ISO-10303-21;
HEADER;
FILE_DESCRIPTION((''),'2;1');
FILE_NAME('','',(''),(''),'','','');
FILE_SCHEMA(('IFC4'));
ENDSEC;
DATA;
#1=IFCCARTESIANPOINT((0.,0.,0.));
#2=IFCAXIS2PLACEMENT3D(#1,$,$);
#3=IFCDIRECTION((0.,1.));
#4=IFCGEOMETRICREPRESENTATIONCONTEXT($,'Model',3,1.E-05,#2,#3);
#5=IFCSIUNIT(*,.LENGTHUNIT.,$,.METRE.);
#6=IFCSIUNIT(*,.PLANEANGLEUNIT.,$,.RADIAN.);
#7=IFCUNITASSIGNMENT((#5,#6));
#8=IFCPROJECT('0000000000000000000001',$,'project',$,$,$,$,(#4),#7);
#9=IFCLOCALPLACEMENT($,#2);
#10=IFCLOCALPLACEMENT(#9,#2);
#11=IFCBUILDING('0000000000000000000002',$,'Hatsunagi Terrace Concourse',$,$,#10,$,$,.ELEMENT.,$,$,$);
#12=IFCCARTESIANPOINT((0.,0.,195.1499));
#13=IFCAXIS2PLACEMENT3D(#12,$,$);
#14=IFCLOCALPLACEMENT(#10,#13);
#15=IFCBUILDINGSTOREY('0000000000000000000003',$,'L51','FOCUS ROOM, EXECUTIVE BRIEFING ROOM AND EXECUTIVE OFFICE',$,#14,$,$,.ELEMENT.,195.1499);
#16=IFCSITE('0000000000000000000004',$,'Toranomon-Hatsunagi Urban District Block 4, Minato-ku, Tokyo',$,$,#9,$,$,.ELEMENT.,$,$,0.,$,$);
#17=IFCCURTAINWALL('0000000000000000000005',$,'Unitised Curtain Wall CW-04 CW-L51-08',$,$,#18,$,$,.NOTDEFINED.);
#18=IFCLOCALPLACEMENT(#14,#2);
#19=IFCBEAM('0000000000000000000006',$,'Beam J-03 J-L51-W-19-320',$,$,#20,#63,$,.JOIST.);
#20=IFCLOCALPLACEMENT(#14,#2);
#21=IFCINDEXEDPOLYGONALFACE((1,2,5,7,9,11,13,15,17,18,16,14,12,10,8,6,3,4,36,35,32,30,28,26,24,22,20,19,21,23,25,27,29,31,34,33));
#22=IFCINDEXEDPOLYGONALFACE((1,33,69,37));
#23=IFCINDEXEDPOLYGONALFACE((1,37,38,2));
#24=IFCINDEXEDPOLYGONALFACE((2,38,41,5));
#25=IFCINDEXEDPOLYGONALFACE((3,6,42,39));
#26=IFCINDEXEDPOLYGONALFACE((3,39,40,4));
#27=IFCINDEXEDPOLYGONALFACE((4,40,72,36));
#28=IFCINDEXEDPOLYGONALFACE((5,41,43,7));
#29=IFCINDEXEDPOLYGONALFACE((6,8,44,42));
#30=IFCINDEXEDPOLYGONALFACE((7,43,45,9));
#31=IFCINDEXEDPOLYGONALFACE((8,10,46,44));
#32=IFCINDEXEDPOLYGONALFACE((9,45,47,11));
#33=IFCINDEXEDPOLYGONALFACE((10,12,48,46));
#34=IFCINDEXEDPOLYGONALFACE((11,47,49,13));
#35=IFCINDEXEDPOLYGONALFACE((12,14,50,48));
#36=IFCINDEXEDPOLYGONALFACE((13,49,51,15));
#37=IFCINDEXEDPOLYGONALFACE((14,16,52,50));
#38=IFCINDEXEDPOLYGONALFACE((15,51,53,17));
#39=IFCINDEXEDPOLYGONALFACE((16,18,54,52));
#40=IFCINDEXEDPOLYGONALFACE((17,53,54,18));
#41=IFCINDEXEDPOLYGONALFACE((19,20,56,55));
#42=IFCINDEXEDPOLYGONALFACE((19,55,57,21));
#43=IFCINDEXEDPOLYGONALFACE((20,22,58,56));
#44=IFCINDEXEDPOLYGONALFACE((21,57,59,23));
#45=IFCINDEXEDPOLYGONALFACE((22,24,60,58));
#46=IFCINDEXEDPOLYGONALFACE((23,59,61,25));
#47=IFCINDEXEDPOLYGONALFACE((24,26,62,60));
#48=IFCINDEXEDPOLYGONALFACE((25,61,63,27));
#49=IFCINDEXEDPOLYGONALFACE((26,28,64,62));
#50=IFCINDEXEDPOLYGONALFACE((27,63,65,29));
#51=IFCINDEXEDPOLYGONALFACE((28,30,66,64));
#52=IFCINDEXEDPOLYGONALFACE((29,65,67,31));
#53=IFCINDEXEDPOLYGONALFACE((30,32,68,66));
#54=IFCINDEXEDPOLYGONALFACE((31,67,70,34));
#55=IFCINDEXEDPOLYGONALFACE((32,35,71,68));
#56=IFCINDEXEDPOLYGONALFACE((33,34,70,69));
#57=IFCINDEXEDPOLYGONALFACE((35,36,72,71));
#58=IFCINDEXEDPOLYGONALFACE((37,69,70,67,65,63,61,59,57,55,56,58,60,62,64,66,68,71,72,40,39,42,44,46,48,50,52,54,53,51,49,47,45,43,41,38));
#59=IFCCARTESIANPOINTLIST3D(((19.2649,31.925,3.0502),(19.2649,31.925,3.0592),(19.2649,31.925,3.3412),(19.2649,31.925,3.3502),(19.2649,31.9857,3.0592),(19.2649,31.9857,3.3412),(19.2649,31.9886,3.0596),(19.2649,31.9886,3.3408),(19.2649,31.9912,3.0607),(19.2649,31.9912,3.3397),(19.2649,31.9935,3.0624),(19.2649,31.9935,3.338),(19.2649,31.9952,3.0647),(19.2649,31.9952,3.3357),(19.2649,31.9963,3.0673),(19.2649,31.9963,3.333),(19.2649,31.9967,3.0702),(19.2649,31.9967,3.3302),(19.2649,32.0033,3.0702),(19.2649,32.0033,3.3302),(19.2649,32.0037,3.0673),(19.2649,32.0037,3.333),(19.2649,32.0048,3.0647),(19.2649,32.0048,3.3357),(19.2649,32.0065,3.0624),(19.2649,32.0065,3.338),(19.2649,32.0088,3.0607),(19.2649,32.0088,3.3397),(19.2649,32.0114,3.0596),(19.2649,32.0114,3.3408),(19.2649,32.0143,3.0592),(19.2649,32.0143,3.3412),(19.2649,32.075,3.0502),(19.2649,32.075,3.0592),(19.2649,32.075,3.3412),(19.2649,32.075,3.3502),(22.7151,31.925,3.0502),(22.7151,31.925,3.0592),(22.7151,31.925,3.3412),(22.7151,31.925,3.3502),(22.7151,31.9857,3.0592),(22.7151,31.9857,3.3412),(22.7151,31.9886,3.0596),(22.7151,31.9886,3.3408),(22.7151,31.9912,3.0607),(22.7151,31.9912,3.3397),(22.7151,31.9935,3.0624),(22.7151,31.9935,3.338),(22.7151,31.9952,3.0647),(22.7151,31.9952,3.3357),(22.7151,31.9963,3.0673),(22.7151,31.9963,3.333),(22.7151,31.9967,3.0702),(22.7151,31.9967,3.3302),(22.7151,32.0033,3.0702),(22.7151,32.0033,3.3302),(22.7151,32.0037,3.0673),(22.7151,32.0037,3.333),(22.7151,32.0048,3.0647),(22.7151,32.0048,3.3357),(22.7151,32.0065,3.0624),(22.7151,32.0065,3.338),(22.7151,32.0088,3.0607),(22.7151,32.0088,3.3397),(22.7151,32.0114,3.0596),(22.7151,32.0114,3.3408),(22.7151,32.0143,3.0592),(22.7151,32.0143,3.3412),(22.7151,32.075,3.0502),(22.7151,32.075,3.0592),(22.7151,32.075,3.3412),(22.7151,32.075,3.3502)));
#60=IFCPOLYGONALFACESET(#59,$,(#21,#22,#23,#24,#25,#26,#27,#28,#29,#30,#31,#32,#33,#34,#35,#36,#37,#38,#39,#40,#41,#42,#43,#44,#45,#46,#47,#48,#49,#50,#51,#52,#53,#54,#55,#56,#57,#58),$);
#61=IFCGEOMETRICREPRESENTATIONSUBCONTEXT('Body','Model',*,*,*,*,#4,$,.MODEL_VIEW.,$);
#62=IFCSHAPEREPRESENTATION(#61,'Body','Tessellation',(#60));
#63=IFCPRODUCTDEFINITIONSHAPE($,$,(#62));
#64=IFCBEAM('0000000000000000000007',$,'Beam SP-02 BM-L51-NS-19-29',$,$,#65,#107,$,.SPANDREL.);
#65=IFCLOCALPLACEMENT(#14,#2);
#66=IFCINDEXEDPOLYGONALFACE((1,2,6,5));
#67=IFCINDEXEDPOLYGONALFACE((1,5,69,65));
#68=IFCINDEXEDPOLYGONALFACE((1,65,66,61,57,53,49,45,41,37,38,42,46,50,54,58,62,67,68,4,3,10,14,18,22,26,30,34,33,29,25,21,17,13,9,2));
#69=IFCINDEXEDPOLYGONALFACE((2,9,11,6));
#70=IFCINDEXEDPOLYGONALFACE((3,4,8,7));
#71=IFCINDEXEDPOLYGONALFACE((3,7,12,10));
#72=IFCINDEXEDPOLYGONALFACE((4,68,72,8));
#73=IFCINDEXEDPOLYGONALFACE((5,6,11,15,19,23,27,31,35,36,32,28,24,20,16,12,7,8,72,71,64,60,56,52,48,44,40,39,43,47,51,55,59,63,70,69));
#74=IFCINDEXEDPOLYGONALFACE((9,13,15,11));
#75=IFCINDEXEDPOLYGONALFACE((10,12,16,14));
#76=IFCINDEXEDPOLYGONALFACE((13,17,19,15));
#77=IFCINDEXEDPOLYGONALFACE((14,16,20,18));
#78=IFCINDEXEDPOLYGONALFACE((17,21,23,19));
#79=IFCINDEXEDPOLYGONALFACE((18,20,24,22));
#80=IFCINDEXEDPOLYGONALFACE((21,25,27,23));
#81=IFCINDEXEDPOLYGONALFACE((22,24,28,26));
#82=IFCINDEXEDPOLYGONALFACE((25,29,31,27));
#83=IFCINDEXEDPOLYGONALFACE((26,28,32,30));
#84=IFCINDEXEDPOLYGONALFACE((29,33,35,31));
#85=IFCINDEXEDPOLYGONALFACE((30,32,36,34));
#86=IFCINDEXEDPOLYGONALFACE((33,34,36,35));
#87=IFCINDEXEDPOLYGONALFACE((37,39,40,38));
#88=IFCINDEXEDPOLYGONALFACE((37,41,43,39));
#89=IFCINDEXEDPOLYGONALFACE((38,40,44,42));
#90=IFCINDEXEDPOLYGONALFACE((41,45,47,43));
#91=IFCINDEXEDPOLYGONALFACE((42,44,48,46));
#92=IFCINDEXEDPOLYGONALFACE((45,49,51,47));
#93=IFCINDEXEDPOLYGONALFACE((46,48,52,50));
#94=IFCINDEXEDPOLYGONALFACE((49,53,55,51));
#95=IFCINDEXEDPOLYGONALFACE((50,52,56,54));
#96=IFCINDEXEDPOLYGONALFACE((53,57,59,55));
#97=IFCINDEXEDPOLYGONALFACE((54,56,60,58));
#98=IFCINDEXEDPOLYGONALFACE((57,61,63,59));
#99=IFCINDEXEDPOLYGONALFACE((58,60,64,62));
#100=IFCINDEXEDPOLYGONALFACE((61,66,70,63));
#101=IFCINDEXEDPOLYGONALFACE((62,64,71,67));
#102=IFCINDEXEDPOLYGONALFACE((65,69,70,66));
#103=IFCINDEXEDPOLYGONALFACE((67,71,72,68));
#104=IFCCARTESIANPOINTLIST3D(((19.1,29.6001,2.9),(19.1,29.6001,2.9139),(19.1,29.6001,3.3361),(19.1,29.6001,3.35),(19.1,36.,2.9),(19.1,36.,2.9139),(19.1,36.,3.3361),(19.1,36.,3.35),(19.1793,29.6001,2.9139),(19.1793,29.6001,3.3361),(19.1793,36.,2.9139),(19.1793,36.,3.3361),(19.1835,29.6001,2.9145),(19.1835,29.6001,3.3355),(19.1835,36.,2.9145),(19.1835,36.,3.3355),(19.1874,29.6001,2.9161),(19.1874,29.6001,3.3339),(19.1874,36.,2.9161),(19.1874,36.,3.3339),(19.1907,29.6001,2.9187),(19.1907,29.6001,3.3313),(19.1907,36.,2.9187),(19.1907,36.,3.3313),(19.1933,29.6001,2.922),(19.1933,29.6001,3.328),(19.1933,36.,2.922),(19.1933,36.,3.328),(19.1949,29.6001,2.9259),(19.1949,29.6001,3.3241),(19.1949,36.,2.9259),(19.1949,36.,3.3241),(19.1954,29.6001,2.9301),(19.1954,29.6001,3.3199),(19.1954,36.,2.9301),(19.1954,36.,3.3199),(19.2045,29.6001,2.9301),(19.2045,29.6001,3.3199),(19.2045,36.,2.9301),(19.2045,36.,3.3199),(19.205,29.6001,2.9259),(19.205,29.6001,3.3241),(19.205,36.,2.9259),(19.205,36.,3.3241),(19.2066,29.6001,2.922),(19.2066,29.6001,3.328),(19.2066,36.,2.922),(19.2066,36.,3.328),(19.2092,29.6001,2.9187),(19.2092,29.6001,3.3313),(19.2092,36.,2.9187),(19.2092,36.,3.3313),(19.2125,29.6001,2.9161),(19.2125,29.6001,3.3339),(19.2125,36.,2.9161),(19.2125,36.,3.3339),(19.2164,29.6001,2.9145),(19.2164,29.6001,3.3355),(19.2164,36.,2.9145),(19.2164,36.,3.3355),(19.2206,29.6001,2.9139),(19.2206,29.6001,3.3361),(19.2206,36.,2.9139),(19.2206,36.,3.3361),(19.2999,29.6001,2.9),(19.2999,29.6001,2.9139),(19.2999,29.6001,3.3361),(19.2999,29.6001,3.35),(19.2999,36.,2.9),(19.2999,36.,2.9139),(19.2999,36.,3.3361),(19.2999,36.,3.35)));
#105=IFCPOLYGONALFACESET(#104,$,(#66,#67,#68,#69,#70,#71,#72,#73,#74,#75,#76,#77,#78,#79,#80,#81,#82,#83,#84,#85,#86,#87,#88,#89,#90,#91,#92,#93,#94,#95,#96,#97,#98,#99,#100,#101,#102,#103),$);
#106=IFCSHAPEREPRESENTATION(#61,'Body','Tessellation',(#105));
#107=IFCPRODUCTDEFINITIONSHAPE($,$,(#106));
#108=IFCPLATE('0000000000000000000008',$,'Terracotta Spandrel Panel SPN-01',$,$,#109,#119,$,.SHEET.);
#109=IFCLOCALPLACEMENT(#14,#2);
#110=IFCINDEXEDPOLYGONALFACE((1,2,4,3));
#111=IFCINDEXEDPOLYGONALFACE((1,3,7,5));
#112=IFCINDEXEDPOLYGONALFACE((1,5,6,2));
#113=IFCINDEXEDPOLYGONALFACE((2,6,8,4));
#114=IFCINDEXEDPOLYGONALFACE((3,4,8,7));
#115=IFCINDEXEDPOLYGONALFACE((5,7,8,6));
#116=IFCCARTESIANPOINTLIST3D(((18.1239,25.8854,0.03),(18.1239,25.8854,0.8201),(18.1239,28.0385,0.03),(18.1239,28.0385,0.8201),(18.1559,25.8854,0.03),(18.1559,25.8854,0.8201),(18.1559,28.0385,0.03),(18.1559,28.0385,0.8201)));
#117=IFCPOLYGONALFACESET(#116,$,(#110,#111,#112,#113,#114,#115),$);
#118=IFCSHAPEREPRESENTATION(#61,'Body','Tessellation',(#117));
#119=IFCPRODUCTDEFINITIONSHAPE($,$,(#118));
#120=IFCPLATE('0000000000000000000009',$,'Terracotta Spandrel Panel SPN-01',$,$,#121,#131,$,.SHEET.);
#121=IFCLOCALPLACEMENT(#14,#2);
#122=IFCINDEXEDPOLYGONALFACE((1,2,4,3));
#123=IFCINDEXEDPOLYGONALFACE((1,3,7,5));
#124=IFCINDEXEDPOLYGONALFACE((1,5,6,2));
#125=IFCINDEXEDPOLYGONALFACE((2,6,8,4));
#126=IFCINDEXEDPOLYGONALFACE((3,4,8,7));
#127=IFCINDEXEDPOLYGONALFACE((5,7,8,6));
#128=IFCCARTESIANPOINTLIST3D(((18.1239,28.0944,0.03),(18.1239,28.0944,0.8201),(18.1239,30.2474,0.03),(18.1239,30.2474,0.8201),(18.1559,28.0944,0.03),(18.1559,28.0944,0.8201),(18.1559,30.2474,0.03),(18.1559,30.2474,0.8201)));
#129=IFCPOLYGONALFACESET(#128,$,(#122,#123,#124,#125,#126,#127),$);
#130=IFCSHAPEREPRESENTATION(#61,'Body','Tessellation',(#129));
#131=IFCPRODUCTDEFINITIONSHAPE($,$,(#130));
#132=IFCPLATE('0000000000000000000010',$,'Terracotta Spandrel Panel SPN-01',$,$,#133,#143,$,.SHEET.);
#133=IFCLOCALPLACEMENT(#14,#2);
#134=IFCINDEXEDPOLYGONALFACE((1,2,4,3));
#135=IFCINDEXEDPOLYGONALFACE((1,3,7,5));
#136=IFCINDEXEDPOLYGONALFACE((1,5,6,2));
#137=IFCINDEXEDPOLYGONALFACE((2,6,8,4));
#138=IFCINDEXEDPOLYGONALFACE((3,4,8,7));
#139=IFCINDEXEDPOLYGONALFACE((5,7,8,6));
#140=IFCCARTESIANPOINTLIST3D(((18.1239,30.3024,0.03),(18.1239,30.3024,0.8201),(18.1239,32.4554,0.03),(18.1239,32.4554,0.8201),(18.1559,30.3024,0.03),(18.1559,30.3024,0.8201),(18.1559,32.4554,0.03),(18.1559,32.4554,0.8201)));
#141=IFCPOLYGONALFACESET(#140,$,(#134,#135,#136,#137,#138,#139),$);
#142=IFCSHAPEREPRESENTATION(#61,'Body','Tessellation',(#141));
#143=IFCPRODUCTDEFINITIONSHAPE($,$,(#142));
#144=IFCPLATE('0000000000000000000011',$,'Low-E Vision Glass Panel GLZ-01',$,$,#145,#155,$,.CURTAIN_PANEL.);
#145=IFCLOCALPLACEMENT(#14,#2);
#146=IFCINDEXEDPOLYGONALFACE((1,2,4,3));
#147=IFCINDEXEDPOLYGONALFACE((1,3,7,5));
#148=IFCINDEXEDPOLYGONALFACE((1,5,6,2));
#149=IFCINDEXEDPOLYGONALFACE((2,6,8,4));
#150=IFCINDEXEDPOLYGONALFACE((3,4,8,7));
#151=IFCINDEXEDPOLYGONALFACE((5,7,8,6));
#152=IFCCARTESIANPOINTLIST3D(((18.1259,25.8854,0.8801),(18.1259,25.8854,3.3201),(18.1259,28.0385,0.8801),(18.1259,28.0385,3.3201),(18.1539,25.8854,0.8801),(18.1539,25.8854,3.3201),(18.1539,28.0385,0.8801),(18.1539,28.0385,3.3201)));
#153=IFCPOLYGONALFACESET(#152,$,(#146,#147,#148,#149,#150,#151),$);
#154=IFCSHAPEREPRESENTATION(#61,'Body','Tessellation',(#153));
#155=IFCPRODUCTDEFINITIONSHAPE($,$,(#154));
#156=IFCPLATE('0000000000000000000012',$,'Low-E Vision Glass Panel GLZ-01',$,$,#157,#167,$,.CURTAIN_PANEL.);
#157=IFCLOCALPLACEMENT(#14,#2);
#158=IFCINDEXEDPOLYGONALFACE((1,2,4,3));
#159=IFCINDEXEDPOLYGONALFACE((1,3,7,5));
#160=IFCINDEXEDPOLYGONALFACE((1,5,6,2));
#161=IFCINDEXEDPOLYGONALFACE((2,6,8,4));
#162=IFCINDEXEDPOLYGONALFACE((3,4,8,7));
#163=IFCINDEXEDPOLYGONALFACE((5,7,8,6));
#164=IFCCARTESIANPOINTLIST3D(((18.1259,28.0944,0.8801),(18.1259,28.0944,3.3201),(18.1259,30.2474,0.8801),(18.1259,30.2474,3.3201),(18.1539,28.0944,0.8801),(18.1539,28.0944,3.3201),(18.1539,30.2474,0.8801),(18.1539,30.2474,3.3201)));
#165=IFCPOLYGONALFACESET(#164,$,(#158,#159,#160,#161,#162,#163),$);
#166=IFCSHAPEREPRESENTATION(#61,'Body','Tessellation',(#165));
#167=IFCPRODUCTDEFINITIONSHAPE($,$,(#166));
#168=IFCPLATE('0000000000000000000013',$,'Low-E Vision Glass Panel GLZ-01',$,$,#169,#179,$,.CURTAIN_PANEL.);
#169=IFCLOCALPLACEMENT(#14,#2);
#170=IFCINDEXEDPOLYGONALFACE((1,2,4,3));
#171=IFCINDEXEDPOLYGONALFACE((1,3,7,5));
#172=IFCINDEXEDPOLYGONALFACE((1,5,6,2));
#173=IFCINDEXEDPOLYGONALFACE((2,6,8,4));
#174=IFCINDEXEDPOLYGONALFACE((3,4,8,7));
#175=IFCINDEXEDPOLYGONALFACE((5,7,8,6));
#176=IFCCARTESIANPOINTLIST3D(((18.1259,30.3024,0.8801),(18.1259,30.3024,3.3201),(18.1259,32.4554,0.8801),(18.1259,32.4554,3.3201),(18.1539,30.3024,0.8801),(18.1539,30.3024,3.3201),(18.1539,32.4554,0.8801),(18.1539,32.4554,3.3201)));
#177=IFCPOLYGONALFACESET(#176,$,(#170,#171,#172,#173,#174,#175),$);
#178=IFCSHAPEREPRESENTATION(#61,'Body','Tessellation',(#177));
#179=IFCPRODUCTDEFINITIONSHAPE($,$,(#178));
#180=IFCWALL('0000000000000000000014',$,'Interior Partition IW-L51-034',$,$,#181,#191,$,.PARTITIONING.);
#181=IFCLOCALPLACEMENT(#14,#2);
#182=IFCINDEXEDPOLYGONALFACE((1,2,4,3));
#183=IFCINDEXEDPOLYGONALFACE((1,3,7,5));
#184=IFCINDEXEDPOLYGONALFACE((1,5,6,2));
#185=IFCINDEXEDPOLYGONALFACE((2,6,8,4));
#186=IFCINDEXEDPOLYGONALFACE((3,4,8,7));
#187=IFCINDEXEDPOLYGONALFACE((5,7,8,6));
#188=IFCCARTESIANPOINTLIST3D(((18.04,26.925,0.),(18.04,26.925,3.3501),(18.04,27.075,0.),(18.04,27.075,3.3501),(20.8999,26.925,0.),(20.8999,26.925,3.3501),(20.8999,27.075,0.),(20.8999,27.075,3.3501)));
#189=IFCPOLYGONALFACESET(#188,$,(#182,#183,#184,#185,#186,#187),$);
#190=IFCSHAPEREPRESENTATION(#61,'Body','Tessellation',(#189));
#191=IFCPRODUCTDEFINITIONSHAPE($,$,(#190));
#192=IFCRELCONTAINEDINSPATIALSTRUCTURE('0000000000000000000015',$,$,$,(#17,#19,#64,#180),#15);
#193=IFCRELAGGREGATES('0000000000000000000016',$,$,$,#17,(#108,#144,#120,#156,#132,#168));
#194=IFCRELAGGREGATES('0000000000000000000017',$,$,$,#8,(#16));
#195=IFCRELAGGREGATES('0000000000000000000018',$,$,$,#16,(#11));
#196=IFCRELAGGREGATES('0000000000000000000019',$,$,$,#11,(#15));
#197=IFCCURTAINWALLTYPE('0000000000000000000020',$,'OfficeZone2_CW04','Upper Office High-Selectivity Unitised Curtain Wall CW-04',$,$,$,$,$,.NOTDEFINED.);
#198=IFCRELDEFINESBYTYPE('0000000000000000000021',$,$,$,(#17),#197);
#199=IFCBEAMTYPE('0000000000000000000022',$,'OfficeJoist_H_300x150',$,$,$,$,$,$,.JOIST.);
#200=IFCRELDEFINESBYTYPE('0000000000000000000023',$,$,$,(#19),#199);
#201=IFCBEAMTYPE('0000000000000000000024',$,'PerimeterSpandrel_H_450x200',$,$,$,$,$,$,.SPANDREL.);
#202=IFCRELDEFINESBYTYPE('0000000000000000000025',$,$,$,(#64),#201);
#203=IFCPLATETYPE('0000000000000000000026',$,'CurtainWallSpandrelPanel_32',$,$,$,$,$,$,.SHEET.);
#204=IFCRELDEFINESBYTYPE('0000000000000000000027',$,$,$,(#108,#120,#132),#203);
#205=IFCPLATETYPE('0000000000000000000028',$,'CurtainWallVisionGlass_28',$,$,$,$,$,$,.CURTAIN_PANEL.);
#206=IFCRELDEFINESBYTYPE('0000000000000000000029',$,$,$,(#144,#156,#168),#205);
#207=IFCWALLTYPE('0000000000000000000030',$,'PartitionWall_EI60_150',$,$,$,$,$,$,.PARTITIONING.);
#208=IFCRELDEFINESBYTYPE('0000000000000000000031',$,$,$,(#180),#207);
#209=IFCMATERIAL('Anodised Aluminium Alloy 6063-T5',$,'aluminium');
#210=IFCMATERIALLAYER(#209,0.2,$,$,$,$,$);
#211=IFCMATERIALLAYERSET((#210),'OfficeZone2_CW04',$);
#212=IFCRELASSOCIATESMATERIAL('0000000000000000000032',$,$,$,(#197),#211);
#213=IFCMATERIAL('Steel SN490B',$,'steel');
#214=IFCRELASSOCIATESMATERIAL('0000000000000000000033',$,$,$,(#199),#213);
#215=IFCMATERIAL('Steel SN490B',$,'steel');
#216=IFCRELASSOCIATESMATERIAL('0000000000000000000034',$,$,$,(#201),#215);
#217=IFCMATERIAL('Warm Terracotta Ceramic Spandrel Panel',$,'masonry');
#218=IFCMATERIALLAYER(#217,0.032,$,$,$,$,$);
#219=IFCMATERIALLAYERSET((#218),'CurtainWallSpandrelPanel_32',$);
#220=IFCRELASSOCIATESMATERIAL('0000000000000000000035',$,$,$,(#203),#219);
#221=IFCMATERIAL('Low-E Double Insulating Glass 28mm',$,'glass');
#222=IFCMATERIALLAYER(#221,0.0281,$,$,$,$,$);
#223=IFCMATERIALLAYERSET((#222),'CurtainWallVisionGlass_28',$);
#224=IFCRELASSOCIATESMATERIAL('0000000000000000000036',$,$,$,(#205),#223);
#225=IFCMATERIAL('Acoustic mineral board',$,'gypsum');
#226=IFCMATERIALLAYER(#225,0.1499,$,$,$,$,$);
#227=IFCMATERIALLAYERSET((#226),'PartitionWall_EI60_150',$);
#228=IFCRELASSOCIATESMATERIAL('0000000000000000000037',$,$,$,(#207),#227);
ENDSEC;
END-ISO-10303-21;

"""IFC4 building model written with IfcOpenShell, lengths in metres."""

from ifc_helpers import new_model, si_unit, direction, frame, frame_2d, origin, origin_2d, place, context, subcontext, project, spatial, rectangle, i_section, extrude, material, layer, layer_set, material_profile, profile_set, type_object, element, aggregate, save


model = new_model("IFC4")

# Units and contexts
model_context = context("Model", 3, precision=1e-05, world=origin(), true_north=direction((0.0, 1.0)))
body_context = subcontext(model_context, "Body", "Model", "MODEL_VIEW")
ifc_project = project(units=[si_unit("LENGTHUNIT", "METRE"), si_unit("PLANEANGLEUNIT", "RADIAN")], contexts=[model_context])

# Site, building, storey
site_placement = place(None, origin())
site = spatial("IfcSite", under=ifc_project, at=site_placement, Name="Toranomon-Hatsunagi Urban District Block 4, Minato-ku, Tokyo", CompositionType="ELEMENT", RefElevation=0.0)
building_placement = place(site_placement, origin())
building = spatial("IfcBuilding", under=site, at=building_placement, Name="Hatsunagi Terrace Concourse", CompositionType="ELEMENT")
storey_placement = place(building_placement, frame((0.0, 0.0, 195.1499)))
storey = spatial("IfcBuildingStorey", under=building, at=storey_placement, Name="L51", Description="FOCUS ROOM, EXECUTIVE BRIEFING ROOM AND EXECUTIVE OFFICE", CompositionType="ELEMENT", Elevation=195.1499)

# Curtain wall
ifc_material_1 = material(Name="Anodised Aluminium Alloy 6063-T5", Category="aluminium")
ifc_layer_1 = layer(ifc_material_1, 0.2)
ifc_layer_set_1 = layer_set([ifc_layer_1], Name="OfficeZone2_CW04")
curtain_wall_type = type_object("IfcCurtainWallType", Name="OfficeZone2_CW04", Description="Upper Office High-Selectivity Unitised Curtain Wall CW-04", PredefinedType="NOTDEFINED", material=ifc_layer_set_1)
curtain_wall_placement = place(storey_placement, origin())
curtain_wall = element("IfcCurtainWall", 1, at=curtain_wall_placement, inside=storey, type_object=curtain_wall_type, Name="Unitised Curtain Wall CW-04 CW-L51-08", PredefinedType="NOTDEFINED")

# Beams
ifc_material_2 = material(Name="Steel SN490B", Category="steel")
ifc_material_profile_1 = material_profile(ifc_material_2, i_section(OverallWidth=0.1499, OverallDepth=0.3, WebThickness=0.0066, FlangeThickness=0.009, FilletRadius=0.011, at=origin_2d()), Name="H-300x150x6.5x9")
ifc_profile_set_1 = profile_set([ifc_material_profile_1], Name="Steel SN490B")
beam_type_1 = type_object("IfcBeamType", Name="OfficeJoist_H_300x150", PredefinedType="JOIST", material=ifc_profile_set_1)
for number, where, z_axis, x_axis, name in (
    (2, (19.2649, 32.0, 3.2002), (1.0, 0.0, 0.0), (0.0, 1.0, 0.0), "Beam J-03 J-L51-W-19-320"),
):
    element("IfcBeam", number, at=place(storey_placement, frame(where, z_axis=z_axis, x_axis=x_axis)), inside=storey, type_object=beam_type_1, Name=name, PredefinedType="JOIST", context=body_context, shape_type="SweptSolid", body=[
        extrude(i_section(OverallWidth=0.1499, OverallDepth=0.3, WebThickness=0.0066, FlangeThickness=0.009, FilletRadius=0.011, at=origin_2d()), origin(), (0.0, 0.0, 1.0), 3.4502),
    ])
ifc_material_3 = material(Name="Steel SN490B", Category="steel")
ifc_material_profile_2 = material_profile(ifc_material_3, i_section(OverallWidth=0.2, OverallDepth=0.45, WebThickness=0.009, FlangeThickness=0.0139, FilletRadius=0.0161, at=origin_2d()), Name="H-450x200x9x14")
ifc_profile_set_2 = profile_set([ifc_material_profile_2], Name="Steel SN490B")
beam_type_2 = type_object("IfcBeamType", Name="PerimeterSpandrel_H_450x200", PredefinedType="SPANDREL", material=ifc_profile_set_2)
beam_placement = place(storey_placement, frame((19.2, 29.6001, 3.125), z_axis=(0.0, 1.0, 0.0), x_axis=(-1.0, 0.0, 0.0)))
element("IfcBeam", 3, at=beam_placement, inside=storey, type_object=beam_type_2, Name="Beam SP-02 BM-L51-NS-19-29", PredefinedType="SPANDREL", context=body_context, shape_type="SweptSolid", body=[
    extrude(i_section(OverallWidth=0.2, OverallDepth=0.45, WebThickness=0.009, FlangeThickness=0.0139, FilletRadius=0.0161, at=origin_2d()), origin(), (0.0, 0.0, 1.0), 6.3999),
])

# Plates
ifc_material_4 = material(Name="Warm Terracotta Ceramic Spandrel Panel", Category="masonry")
ifc_layer_2 = layer(ifc_material_4, 0.032)
ifc_layer_set_2 = layer_set([ifc_layer_2], Name="CurtainWallSpandrelPanel_32")
plate_type_1 = type_object("IfcPlateType", Name="CurtainWallSpandrelPanel_32", PredefinedType="SHEET", material=ifc_layer_set_2)
plate_1_placement = place(storey_placement, frame((18.1399, 26.9619, 0.03), z_axis=(0.0, 0.0, 1.0), x_axis=(0.0, 1.0, 0.0)))
plate_1 = element("IfcPlate", 4, at=plate_1_placement, type_object=plate_type_1, Name="Terracotta Spandrel Panel SPN-01", PredefinedType="SHEET", context=body_context, shape_type="SweptSolid", body=[
    extrude(rectangle(XDim=2.1531, YDim=0.032, at=origin_2d()), origin(), (0.0, 0.0, 1.0), 0.79),
])
plate_2_placement = place(storey_placement, frame((18.1399, 29.1709, 0.03), z_axis=(0.0, 0.0, 1.0), x_axis=(0.0, 1.0, 0.0)))
plate_2 = element("IfcPlate", 5, at=plate_2_placement, type_object=plate_type_1, Name="Terracotta Spandrel Panel SPN-01", PredefinedType="SHEET", context=body_context, shape_type="SweptSolid", body=[
    extrude(rectangle(XDim=2.1531, YDim=0.032, at=origin_2d()), origin(), (0.0, 0.0, 1.0), 0.79),
])
plate_3_placement = place(storey_placement, frame((18.1399, 31.3789, 0.03), z_axis=(0.0, 0.0, 1.0), x_axis=(0.0, 1.0, 0.0)))
plate_3 = element("IfcPlate", 6, at=plate_3_placement, type_object=plate_type_1, Name="Terracotta Spandrel Panel SPN-01", PredefinedType="SHEET", context=body_context, shape_type="SweptSolid", body=[
    extrude(rectangle(XDim=2.1531, YDim=0.032, at=origin_2d()), origin(), (0.0, 0.0, 1.0), 0.79),
])
ifc_material_5 = material(Name="Low-E Double Insulating Glass 28mm", Category="glass")
ifc_layer_3 = layer(ifc_material_5, 0.0281)
ifc_layer_set_3 = layer_set([ifc_layer_3], Name="CurtainWallVisionGlass_28")
plate_type_2 = type_object("IfcPlateType", Name="CurtainWallVisionGlass_28", PredefinedType="CURTAIN_PANEL", material=ifc_layer_set_3)
plate_4_placement = place(storey_placement, frame((18.1399, 26.9619, 0.8801), z_axis=(0.0, 0.0, 1.0), x_axis=(0.0, 1.0, 0.0)))
plate_4 = element("IfcPlate", 7, at=plate_4_placement, type_object=plate_type_2, Name="Low-E Vision Glass Panel GLZ-01", PredefinedType="CURTAIN_PANEL", context=body_context, shape_type="SweptSolid", body=[
    extrude(rectangle(XDim=2.1531, YDim=0.0281, at=origin_2d()), origin(), (0.0, 0.0, 1.0), 2.4399),
])
plate_5_placement = place(storey_placement, frame((18.1399, 29.1709, 0.8801), z_axis=(0.0, 0.0, 1.0), x_axis=(0.0, 1.0, 0.0)))
plate_5 = element("IfcPlate", 8, at=plate_5_placement, type_object=plate_type_2, Name="Low-E Vision Glass Panel GLZ-01", PredefinedType="CURTAIN_PANEL", context=body_context, shape_type="SweptSolid", body=[
    extrude(rectangle(XDim=2.1531, YDim=0.0281, at=origin_2d()), origin(), (0.0, 0.0, 1.0), 2.4399),
])
plate_6_placement = place(storey_placement, frame((18.1399, 31.3789, 0.8801), z_axis=(0.0, 0.0, 1.0), x_axis=(0.0, 1.0, 0.0)))
plate_6 = element("IfcPlate", 9, at=plate_6_placement, type_object=plate_type_2, Name="Low-E Vision Glass Panel GLZ-01", PredefinedType="CURTAIN_PANEL", context=body_context, shape_type="SweptSolid", body=[
    extrude(rectangle(XDim=2.1531, YDim=0.0281, at=origin_2d()), origin(), (0.0, 0.0, 1.0), 2.4399),
])
aggregate(curtain_wall, [plate_1, plate_4, plate_2, plate_5, plate_3, plate_6])

# Wall
ifc_material_6 = material(Name="Acoustic mineral board", Category="gypsum")
ifc_layer_4 = layer(ifc_material_6, 0.1499)
ifc_layer_set_4 = layer_set([ifc_layer_4], Name="PartitionWall_EI60_150")
wall_type = type_object("IfcWallType", Name="PartitionWall_EI60_150", PredefinedType="PARTITIONING", material=ifc_layer_set_4)
for number, where, z_axis, x_axis, name in (
    (10, (18.04, 27.0, 0.0), (0.0, 0.0, 1.0), (1.0, 0.0, 0.0), "Interior Partition IW-L51-034"),
):
    element("IfcWall", number, at=place(storey_placement, frame(where, z_axis=z_axis, x_axis=x_axis)), inside=storey, type_object=wall_type, Name=name, PredefinedType="PARTITIONING", context=body_context, shape_type="SweptSolid", body=[
        extrude(rectangle(XDim=2.8599, YDim=0.1499, at=frame_2d((1.4299, 0.0))), origin(), (0.0, 0.0, 1.0), 3.3501),
    ])

save(model, "model.ifc")
